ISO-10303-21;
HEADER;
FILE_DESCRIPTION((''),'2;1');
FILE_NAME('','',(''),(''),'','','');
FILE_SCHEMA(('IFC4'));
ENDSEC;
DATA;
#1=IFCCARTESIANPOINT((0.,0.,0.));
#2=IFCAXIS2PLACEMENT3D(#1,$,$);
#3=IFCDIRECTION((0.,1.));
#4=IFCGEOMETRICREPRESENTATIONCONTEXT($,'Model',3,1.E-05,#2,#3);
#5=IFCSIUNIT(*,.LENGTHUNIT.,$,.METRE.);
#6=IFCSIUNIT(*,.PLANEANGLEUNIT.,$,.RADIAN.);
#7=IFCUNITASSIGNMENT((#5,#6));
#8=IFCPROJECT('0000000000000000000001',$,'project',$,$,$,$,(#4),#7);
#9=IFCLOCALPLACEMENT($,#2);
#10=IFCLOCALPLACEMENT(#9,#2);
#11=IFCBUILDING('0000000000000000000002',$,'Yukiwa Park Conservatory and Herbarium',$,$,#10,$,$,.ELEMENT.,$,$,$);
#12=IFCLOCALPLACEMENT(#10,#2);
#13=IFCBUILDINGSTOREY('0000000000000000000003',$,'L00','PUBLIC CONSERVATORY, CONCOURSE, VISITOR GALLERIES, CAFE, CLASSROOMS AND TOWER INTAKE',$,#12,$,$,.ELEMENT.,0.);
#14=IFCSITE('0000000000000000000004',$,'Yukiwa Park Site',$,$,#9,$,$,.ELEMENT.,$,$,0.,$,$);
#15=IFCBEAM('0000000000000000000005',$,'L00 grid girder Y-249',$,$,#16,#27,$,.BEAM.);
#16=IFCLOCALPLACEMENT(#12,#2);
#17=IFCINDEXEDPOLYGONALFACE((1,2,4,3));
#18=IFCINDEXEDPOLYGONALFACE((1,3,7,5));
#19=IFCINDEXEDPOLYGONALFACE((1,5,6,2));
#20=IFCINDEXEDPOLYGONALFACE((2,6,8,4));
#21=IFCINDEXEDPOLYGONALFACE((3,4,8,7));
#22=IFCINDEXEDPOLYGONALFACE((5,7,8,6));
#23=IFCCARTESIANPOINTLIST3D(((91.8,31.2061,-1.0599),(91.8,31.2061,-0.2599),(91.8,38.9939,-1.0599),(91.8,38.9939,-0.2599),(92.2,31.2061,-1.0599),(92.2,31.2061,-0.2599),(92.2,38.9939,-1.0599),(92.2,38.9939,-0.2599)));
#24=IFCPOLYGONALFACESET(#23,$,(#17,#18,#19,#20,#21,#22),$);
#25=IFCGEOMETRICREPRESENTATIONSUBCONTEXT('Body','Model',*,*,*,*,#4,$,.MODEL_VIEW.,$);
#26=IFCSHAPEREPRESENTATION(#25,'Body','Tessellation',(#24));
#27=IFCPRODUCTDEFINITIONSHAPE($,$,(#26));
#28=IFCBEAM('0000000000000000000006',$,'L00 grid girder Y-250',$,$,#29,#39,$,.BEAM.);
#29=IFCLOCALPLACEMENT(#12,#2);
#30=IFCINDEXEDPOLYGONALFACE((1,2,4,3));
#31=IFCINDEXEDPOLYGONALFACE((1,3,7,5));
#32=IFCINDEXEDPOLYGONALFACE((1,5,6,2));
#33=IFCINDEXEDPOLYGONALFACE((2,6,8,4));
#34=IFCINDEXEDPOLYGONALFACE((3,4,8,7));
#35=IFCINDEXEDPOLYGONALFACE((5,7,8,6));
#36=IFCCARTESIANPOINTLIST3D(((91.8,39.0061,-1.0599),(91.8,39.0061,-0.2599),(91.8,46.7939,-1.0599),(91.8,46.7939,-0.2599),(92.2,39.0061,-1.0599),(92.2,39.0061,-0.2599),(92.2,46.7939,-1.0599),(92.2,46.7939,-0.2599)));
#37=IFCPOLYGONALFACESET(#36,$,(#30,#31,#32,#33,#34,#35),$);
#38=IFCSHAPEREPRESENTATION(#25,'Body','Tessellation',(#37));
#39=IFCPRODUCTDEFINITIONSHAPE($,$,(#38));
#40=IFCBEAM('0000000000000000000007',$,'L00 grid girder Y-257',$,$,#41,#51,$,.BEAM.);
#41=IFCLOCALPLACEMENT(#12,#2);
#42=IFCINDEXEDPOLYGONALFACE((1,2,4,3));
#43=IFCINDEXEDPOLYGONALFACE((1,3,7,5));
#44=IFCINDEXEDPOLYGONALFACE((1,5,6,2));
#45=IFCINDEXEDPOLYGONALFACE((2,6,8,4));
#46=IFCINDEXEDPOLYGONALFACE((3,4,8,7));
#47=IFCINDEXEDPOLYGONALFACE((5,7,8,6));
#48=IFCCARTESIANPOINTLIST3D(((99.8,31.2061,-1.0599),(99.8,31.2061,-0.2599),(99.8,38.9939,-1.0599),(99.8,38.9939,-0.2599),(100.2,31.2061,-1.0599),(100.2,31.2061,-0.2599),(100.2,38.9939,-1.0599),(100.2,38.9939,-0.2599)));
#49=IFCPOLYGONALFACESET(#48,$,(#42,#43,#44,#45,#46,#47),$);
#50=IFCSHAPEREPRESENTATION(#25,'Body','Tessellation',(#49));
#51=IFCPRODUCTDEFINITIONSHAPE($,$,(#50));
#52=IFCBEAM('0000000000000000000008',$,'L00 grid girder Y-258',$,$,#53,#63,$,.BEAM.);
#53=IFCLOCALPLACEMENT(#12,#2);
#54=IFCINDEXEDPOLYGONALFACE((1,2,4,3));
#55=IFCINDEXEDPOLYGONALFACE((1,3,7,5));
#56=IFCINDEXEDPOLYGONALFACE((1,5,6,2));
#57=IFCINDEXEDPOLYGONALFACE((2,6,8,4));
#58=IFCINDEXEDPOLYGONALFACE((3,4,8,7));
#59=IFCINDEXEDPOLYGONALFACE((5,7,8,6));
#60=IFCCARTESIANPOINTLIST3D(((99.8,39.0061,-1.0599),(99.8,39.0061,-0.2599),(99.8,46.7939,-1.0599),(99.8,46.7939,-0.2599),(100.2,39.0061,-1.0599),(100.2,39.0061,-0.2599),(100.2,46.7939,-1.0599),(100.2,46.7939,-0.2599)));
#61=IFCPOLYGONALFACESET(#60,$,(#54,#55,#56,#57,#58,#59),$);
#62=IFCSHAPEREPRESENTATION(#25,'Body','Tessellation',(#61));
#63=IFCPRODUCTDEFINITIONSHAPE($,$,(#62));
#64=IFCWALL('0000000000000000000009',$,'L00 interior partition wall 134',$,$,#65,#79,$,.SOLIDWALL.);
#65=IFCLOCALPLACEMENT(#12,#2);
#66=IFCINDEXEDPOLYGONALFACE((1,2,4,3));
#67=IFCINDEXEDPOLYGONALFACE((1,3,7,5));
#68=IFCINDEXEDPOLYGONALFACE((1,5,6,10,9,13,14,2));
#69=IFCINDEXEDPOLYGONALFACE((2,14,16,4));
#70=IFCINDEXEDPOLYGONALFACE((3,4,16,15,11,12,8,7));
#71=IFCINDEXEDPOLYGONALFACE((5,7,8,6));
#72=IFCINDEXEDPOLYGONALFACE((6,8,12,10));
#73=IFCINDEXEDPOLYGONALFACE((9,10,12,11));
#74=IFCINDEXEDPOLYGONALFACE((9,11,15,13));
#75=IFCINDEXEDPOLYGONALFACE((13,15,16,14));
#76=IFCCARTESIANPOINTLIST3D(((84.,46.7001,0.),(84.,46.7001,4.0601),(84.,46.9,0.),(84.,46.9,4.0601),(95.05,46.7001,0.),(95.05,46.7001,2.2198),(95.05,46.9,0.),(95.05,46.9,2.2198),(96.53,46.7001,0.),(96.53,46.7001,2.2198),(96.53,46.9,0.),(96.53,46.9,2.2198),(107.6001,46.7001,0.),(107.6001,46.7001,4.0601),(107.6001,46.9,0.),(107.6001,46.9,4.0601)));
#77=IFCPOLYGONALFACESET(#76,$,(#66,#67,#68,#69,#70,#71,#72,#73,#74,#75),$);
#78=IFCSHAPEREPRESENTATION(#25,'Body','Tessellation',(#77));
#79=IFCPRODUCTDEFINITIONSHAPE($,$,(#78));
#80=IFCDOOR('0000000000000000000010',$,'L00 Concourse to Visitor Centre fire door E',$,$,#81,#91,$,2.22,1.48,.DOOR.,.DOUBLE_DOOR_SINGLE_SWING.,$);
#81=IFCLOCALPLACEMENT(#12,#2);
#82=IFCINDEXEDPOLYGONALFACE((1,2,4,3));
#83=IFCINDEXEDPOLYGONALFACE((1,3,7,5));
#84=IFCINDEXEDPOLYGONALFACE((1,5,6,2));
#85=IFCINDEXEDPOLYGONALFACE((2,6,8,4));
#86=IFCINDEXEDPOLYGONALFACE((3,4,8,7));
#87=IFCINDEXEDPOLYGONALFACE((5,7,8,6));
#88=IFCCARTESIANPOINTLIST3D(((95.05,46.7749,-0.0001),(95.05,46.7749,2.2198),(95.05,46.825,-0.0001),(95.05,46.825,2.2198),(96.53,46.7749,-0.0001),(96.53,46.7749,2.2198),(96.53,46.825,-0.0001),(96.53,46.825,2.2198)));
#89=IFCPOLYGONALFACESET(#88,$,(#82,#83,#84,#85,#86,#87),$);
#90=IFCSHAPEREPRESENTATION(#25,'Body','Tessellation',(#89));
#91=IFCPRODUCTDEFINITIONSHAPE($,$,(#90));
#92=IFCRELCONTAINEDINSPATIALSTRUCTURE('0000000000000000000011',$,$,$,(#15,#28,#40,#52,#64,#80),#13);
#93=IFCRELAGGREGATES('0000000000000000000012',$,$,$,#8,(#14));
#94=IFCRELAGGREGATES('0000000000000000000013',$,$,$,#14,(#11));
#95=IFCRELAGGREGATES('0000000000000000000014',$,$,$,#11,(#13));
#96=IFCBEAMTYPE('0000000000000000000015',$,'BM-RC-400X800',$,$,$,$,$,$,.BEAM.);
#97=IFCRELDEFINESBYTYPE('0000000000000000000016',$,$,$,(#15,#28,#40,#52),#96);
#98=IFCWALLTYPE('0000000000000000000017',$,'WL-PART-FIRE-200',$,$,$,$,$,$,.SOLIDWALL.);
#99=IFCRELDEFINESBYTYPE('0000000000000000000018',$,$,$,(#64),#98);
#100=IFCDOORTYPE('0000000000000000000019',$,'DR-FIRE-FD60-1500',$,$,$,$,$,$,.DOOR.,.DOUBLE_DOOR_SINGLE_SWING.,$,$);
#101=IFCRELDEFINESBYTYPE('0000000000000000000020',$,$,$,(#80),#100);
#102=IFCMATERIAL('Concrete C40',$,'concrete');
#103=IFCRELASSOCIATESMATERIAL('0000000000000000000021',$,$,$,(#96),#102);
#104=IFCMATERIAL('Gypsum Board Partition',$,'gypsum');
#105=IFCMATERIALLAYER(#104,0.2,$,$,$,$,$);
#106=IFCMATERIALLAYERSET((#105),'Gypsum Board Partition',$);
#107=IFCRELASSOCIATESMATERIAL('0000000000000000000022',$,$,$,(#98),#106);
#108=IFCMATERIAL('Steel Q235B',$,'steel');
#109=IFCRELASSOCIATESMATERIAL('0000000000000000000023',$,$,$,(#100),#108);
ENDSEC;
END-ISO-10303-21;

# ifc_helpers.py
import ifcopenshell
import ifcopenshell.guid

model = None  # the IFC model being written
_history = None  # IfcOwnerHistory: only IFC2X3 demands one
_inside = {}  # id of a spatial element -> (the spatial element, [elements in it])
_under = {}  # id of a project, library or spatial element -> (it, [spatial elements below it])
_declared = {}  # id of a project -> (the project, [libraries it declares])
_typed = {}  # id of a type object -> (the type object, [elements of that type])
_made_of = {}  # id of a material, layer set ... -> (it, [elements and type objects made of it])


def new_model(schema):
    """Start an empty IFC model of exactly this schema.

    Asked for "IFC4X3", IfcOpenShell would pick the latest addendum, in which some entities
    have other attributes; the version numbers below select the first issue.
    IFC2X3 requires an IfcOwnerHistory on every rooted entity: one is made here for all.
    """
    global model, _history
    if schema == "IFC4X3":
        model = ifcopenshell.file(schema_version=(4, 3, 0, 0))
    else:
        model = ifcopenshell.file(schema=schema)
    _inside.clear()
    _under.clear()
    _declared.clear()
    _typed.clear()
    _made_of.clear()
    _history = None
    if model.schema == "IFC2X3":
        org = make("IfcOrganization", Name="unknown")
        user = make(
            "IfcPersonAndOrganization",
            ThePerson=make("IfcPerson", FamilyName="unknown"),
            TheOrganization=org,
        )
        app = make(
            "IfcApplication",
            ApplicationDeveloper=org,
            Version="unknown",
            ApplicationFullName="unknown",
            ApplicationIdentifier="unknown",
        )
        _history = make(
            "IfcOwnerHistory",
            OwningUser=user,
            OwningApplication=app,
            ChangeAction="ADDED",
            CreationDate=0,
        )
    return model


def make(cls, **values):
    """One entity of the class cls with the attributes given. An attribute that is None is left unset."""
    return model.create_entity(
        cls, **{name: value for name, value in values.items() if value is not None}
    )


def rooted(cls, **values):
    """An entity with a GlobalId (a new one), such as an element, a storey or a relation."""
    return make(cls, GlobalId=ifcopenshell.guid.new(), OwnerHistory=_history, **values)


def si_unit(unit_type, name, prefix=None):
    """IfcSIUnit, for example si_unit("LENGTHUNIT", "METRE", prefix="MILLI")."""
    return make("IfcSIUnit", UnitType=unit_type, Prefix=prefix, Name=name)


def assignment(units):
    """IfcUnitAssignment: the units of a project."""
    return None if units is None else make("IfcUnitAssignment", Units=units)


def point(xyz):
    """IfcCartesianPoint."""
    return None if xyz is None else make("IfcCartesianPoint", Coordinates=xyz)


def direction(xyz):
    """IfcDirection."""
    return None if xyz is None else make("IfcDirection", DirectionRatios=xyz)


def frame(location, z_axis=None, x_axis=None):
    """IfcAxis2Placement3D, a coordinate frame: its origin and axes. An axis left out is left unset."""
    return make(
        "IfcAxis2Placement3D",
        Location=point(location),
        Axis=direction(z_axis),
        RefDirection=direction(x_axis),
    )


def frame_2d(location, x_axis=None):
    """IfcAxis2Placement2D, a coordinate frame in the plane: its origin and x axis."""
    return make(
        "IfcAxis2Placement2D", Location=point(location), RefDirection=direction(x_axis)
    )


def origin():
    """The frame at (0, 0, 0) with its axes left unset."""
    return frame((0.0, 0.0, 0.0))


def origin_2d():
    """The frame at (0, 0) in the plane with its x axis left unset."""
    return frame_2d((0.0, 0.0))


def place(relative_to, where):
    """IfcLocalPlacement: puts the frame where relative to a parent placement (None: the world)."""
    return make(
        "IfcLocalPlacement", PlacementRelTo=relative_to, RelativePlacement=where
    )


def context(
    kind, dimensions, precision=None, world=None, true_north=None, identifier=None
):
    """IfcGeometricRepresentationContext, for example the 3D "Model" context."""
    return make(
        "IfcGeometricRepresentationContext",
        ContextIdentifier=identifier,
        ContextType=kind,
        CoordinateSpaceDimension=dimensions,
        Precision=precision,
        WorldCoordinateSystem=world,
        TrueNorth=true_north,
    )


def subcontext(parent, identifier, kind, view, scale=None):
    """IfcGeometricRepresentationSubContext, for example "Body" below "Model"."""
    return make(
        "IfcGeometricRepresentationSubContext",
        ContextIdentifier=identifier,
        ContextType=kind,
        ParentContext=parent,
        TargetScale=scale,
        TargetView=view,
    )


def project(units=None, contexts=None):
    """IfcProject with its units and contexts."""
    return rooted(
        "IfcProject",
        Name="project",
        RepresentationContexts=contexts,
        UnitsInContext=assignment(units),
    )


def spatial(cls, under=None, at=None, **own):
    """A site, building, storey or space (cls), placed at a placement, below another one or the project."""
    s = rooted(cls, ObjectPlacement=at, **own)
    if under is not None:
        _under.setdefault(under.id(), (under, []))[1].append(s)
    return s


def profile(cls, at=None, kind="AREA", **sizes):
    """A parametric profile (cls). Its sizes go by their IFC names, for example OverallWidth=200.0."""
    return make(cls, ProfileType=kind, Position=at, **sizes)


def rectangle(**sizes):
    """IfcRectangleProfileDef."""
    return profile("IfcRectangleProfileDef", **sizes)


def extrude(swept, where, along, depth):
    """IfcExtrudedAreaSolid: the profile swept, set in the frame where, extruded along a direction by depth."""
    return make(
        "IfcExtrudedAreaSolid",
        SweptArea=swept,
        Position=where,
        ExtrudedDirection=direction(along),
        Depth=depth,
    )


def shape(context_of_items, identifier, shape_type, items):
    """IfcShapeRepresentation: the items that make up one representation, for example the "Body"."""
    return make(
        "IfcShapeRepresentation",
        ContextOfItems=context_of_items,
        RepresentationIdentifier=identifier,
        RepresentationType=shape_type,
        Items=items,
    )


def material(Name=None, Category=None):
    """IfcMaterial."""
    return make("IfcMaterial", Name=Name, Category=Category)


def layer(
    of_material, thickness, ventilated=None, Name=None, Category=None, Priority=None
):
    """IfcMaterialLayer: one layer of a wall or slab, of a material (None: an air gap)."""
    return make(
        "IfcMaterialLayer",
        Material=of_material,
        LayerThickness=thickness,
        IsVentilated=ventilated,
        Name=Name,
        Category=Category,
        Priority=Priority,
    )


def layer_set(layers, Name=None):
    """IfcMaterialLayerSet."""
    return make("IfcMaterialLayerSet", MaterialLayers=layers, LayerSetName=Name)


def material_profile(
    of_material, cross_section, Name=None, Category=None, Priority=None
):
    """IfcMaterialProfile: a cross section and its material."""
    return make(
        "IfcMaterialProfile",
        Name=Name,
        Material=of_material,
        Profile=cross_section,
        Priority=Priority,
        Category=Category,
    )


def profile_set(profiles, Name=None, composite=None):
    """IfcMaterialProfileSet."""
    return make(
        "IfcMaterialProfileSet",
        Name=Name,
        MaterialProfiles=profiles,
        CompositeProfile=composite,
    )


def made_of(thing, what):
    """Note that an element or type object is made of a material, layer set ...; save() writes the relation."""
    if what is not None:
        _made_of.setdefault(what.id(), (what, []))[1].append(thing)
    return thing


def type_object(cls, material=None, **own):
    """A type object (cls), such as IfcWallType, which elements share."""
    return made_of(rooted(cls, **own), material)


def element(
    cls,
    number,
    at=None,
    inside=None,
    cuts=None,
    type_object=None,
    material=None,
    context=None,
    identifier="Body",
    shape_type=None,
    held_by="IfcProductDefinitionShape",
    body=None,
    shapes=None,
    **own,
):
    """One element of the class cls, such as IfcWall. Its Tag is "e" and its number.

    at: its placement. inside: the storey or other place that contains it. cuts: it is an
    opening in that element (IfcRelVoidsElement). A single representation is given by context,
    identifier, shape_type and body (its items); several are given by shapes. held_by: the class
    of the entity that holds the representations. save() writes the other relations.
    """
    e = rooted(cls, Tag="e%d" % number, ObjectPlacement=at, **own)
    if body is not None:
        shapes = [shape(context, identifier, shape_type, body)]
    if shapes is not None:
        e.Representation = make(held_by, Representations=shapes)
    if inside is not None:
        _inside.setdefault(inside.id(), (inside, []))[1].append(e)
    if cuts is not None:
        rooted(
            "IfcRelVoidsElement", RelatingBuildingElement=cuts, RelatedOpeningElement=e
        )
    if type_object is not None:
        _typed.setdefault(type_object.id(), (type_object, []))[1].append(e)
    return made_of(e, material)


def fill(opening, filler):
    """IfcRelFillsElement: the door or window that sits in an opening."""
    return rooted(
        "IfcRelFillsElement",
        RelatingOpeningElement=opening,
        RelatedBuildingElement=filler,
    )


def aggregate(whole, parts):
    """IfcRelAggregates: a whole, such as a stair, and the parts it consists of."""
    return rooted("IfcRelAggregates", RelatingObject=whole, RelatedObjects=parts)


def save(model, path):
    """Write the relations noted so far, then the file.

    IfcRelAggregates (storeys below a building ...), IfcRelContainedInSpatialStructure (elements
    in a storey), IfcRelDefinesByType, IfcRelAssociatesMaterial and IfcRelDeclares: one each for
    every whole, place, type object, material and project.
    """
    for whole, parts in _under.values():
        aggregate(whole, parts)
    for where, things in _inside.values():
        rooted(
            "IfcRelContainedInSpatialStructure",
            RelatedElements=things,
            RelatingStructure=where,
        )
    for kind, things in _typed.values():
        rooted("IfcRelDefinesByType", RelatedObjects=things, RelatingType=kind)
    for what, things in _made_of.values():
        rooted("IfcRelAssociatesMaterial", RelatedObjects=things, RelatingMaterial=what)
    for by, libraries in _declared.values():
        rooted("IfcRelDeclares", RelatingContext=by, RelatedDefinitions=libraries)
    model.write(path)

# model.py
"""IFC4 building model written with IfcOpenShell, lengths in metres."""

from ifc_helpers import new_model, si_unit, direction, frame, frame_2d, origin, origin_2d, place, context, subcontext, project, spatial, rectangle, extrude, material, layer, layer_set, material_profile, profile_set, type_object, element, fill, save


model = new_model("IFC4")

# Units and contexts
model_context = context("Model", 3, precision=1e-05, world=origin(), true_north=direction((0.0, 1.0)))
body_context = subcontext(model_context, "Body", "Model", "MODEL_VIEW")
ifc_project = project(units=[si_unit("LENGTHUNIT", "METRE"), si_unit("PLANEANGLEUNIT", "RADIAN")], contexts=[model_context])

# Site, building, storey
site_placement = place(None, origin())
site = spatial("IfcSite", under=ifc_project, at=site_placement, Name="Yukiwa Park Site", CompositionType="ELEMENT", RefElevation=0.0)
building_placement = place(site_placement, origin())
building = spatial("IfcBuilding", under=site, at=building_placement, Name="Yukiwa Park Conservatory and Herbarium", CompositionType="ELEMENT")
storey_placement = place(building_placement, origin())
storey = spatial("IfcBuildingStorey", under=building, at=storey_placement, Name="L00", Description="PUBLIC CONSERVATORY, CONCOURSE, VISITOR GALLERIES, CAFE, CLASSROOMS AND TOWER INTAKE", CompositionType="ELEMENT", Elevation=0.0)

# Beams
ifc_material_1 = material(Name="Concrete C40", Category="concrete")
ifc_material_profile_1 = material_profile(ifc_material_1, rectangle(XDim=0.3999, YDim=0.8, at=origin_2d()), Name="RC 400x800")
ifc_profile_set_1 = profile_set([ifc_material_profile_1], Name="Concrete C40")
beam_type_1 = type_object("IfcBeamType", Name="BM-RC-400X800", PredefinedType="BEAM", material=ifc_profile_set_1)
for number, where, z_axis, x_axis, name in (
    (1, (92.0, 31.2061, -0.6599), (0.0, 1.0, 0.0), (-1.0, 0.0, 0.0), "L00 grid girder Y-249"),
    (2, (92.0, 39.0061, -0.6599), (0.0, 1.0, 0.0), (-1.0, 0.0, 0.0), "L00 grid girder Y-250"),
    (3, (100.0, 31.2061, -0.6599), (0.0, 1.0, 0.0), (-1.0, 0.0, 0.0), "L00 grid girder Y-257"),
    (4, (100.0, 39.0061, -0.6599), (0.0, 1.0, 0.0), (-1.0, 0.0, 0.0), "L00 grid girder Y-258"),
):
    element("IfcBeam", number, at=place(storey_placement, frame(where, z_axis=z_axis, x_axis=x_axis)), inside=storey, type_object=beam_type_1, Name=name, PredefinedType="BEAM", context=body_context, shape_type="SweptSolid", body=[
        extrude(rectangle(XDim=0.3999, YDim=0.8, at=origin_2d()), origin(), (0.0, 0.0, 1.0), 7.7878),
    ])

# Wall, opening, door
ifc_material_2 = material(Name="Gypsum Board Partition", Category="gypsum")
ifc_layer = layer(ifc_material_2, 0.2)
ifc_layer_set = layer_set([ifc_layer], Name="Gypsum Board Partition")
wall_type = type_object("IfcWallType", Name="WL-PART-FIRE-200", PredefinedType="SOLIDWALL", material=ifc_layer_set)
wall_placement = place(storey_placement, frame((84.0, 46.8, 0.0), z_axis=(0.0, 0.0, 1.0), x_axis=(1.0, 0.0, 0.0)))
wall = element("IfcWall", 5, at=wall_placement, inside=storey, type_object=wall_type, Name="L00 interior partition wall 134", PredefinedType="SOLIDWALL", context=body_context, shape_type="SweptSolid", body=[
    extrude(rectangle(XDim=23.6001, YDim=0.2, at=frame_2d((11.8, 0.0))), origin(), (0.0, 0.0, 1.0), 4.0601),
])
opening_placement = place(wall_placement, frame((11.05, 0.0, 0.0)))
opening = element("IfcOpeningElement", 6, at=opening_placement, cuts=wall, PredefinedType="OPENING", context=body_context, shape_type="SweptSolid", body=[
    extrude(rectangle(XDim=1.48, YDim=2.22, at=frame_2d((0.74, 1.1099))), frame((0.0, 0.1099, 0.0), z_axis=(0.0, -1.0, 0.0), x_axis=(1.0, 0.0, 0.0)), (0.0, 0.0, 1.0), 0.22),
])
ifc_material_3 = material(Name="Steel Q235B", Category="steel")
door_type = type_object("IfcDoorType", Name="DR-FIRE-FD60-1500", OperationType="DOUBLE_DOOR_SINGLE_SWING", PredefinedType="DOOR", material=ifc_material_3)
door_placement = place(opening_placement, origin())
door = element("IfcDoor", 7, at=door_placement, inside=storey, type_object=door_type, Name="L00 Concourse to Visitor Centre fire door E", OperationType="DOUBLE_DOOR_SINGLE_SWING", OverallHeight=2.22, OverallWidth=1.48, PredefinedType="DOOR", context=body_context, shape_type="SweptSolid", body=[
    extrude(rectangle(XDim=1.48, YDim=2.22, at=frame_2d((0.74, 1.1099))), frame((0.0, 0.0249, 0.0), z_axis=(0.0, -1.0, 0.0), x_axis=(1.0, 0.0, 0.0)), (0.0, 0.0, 1.0), 0.05),
])
fill(opening, door)

save(model, "model.ifc")
